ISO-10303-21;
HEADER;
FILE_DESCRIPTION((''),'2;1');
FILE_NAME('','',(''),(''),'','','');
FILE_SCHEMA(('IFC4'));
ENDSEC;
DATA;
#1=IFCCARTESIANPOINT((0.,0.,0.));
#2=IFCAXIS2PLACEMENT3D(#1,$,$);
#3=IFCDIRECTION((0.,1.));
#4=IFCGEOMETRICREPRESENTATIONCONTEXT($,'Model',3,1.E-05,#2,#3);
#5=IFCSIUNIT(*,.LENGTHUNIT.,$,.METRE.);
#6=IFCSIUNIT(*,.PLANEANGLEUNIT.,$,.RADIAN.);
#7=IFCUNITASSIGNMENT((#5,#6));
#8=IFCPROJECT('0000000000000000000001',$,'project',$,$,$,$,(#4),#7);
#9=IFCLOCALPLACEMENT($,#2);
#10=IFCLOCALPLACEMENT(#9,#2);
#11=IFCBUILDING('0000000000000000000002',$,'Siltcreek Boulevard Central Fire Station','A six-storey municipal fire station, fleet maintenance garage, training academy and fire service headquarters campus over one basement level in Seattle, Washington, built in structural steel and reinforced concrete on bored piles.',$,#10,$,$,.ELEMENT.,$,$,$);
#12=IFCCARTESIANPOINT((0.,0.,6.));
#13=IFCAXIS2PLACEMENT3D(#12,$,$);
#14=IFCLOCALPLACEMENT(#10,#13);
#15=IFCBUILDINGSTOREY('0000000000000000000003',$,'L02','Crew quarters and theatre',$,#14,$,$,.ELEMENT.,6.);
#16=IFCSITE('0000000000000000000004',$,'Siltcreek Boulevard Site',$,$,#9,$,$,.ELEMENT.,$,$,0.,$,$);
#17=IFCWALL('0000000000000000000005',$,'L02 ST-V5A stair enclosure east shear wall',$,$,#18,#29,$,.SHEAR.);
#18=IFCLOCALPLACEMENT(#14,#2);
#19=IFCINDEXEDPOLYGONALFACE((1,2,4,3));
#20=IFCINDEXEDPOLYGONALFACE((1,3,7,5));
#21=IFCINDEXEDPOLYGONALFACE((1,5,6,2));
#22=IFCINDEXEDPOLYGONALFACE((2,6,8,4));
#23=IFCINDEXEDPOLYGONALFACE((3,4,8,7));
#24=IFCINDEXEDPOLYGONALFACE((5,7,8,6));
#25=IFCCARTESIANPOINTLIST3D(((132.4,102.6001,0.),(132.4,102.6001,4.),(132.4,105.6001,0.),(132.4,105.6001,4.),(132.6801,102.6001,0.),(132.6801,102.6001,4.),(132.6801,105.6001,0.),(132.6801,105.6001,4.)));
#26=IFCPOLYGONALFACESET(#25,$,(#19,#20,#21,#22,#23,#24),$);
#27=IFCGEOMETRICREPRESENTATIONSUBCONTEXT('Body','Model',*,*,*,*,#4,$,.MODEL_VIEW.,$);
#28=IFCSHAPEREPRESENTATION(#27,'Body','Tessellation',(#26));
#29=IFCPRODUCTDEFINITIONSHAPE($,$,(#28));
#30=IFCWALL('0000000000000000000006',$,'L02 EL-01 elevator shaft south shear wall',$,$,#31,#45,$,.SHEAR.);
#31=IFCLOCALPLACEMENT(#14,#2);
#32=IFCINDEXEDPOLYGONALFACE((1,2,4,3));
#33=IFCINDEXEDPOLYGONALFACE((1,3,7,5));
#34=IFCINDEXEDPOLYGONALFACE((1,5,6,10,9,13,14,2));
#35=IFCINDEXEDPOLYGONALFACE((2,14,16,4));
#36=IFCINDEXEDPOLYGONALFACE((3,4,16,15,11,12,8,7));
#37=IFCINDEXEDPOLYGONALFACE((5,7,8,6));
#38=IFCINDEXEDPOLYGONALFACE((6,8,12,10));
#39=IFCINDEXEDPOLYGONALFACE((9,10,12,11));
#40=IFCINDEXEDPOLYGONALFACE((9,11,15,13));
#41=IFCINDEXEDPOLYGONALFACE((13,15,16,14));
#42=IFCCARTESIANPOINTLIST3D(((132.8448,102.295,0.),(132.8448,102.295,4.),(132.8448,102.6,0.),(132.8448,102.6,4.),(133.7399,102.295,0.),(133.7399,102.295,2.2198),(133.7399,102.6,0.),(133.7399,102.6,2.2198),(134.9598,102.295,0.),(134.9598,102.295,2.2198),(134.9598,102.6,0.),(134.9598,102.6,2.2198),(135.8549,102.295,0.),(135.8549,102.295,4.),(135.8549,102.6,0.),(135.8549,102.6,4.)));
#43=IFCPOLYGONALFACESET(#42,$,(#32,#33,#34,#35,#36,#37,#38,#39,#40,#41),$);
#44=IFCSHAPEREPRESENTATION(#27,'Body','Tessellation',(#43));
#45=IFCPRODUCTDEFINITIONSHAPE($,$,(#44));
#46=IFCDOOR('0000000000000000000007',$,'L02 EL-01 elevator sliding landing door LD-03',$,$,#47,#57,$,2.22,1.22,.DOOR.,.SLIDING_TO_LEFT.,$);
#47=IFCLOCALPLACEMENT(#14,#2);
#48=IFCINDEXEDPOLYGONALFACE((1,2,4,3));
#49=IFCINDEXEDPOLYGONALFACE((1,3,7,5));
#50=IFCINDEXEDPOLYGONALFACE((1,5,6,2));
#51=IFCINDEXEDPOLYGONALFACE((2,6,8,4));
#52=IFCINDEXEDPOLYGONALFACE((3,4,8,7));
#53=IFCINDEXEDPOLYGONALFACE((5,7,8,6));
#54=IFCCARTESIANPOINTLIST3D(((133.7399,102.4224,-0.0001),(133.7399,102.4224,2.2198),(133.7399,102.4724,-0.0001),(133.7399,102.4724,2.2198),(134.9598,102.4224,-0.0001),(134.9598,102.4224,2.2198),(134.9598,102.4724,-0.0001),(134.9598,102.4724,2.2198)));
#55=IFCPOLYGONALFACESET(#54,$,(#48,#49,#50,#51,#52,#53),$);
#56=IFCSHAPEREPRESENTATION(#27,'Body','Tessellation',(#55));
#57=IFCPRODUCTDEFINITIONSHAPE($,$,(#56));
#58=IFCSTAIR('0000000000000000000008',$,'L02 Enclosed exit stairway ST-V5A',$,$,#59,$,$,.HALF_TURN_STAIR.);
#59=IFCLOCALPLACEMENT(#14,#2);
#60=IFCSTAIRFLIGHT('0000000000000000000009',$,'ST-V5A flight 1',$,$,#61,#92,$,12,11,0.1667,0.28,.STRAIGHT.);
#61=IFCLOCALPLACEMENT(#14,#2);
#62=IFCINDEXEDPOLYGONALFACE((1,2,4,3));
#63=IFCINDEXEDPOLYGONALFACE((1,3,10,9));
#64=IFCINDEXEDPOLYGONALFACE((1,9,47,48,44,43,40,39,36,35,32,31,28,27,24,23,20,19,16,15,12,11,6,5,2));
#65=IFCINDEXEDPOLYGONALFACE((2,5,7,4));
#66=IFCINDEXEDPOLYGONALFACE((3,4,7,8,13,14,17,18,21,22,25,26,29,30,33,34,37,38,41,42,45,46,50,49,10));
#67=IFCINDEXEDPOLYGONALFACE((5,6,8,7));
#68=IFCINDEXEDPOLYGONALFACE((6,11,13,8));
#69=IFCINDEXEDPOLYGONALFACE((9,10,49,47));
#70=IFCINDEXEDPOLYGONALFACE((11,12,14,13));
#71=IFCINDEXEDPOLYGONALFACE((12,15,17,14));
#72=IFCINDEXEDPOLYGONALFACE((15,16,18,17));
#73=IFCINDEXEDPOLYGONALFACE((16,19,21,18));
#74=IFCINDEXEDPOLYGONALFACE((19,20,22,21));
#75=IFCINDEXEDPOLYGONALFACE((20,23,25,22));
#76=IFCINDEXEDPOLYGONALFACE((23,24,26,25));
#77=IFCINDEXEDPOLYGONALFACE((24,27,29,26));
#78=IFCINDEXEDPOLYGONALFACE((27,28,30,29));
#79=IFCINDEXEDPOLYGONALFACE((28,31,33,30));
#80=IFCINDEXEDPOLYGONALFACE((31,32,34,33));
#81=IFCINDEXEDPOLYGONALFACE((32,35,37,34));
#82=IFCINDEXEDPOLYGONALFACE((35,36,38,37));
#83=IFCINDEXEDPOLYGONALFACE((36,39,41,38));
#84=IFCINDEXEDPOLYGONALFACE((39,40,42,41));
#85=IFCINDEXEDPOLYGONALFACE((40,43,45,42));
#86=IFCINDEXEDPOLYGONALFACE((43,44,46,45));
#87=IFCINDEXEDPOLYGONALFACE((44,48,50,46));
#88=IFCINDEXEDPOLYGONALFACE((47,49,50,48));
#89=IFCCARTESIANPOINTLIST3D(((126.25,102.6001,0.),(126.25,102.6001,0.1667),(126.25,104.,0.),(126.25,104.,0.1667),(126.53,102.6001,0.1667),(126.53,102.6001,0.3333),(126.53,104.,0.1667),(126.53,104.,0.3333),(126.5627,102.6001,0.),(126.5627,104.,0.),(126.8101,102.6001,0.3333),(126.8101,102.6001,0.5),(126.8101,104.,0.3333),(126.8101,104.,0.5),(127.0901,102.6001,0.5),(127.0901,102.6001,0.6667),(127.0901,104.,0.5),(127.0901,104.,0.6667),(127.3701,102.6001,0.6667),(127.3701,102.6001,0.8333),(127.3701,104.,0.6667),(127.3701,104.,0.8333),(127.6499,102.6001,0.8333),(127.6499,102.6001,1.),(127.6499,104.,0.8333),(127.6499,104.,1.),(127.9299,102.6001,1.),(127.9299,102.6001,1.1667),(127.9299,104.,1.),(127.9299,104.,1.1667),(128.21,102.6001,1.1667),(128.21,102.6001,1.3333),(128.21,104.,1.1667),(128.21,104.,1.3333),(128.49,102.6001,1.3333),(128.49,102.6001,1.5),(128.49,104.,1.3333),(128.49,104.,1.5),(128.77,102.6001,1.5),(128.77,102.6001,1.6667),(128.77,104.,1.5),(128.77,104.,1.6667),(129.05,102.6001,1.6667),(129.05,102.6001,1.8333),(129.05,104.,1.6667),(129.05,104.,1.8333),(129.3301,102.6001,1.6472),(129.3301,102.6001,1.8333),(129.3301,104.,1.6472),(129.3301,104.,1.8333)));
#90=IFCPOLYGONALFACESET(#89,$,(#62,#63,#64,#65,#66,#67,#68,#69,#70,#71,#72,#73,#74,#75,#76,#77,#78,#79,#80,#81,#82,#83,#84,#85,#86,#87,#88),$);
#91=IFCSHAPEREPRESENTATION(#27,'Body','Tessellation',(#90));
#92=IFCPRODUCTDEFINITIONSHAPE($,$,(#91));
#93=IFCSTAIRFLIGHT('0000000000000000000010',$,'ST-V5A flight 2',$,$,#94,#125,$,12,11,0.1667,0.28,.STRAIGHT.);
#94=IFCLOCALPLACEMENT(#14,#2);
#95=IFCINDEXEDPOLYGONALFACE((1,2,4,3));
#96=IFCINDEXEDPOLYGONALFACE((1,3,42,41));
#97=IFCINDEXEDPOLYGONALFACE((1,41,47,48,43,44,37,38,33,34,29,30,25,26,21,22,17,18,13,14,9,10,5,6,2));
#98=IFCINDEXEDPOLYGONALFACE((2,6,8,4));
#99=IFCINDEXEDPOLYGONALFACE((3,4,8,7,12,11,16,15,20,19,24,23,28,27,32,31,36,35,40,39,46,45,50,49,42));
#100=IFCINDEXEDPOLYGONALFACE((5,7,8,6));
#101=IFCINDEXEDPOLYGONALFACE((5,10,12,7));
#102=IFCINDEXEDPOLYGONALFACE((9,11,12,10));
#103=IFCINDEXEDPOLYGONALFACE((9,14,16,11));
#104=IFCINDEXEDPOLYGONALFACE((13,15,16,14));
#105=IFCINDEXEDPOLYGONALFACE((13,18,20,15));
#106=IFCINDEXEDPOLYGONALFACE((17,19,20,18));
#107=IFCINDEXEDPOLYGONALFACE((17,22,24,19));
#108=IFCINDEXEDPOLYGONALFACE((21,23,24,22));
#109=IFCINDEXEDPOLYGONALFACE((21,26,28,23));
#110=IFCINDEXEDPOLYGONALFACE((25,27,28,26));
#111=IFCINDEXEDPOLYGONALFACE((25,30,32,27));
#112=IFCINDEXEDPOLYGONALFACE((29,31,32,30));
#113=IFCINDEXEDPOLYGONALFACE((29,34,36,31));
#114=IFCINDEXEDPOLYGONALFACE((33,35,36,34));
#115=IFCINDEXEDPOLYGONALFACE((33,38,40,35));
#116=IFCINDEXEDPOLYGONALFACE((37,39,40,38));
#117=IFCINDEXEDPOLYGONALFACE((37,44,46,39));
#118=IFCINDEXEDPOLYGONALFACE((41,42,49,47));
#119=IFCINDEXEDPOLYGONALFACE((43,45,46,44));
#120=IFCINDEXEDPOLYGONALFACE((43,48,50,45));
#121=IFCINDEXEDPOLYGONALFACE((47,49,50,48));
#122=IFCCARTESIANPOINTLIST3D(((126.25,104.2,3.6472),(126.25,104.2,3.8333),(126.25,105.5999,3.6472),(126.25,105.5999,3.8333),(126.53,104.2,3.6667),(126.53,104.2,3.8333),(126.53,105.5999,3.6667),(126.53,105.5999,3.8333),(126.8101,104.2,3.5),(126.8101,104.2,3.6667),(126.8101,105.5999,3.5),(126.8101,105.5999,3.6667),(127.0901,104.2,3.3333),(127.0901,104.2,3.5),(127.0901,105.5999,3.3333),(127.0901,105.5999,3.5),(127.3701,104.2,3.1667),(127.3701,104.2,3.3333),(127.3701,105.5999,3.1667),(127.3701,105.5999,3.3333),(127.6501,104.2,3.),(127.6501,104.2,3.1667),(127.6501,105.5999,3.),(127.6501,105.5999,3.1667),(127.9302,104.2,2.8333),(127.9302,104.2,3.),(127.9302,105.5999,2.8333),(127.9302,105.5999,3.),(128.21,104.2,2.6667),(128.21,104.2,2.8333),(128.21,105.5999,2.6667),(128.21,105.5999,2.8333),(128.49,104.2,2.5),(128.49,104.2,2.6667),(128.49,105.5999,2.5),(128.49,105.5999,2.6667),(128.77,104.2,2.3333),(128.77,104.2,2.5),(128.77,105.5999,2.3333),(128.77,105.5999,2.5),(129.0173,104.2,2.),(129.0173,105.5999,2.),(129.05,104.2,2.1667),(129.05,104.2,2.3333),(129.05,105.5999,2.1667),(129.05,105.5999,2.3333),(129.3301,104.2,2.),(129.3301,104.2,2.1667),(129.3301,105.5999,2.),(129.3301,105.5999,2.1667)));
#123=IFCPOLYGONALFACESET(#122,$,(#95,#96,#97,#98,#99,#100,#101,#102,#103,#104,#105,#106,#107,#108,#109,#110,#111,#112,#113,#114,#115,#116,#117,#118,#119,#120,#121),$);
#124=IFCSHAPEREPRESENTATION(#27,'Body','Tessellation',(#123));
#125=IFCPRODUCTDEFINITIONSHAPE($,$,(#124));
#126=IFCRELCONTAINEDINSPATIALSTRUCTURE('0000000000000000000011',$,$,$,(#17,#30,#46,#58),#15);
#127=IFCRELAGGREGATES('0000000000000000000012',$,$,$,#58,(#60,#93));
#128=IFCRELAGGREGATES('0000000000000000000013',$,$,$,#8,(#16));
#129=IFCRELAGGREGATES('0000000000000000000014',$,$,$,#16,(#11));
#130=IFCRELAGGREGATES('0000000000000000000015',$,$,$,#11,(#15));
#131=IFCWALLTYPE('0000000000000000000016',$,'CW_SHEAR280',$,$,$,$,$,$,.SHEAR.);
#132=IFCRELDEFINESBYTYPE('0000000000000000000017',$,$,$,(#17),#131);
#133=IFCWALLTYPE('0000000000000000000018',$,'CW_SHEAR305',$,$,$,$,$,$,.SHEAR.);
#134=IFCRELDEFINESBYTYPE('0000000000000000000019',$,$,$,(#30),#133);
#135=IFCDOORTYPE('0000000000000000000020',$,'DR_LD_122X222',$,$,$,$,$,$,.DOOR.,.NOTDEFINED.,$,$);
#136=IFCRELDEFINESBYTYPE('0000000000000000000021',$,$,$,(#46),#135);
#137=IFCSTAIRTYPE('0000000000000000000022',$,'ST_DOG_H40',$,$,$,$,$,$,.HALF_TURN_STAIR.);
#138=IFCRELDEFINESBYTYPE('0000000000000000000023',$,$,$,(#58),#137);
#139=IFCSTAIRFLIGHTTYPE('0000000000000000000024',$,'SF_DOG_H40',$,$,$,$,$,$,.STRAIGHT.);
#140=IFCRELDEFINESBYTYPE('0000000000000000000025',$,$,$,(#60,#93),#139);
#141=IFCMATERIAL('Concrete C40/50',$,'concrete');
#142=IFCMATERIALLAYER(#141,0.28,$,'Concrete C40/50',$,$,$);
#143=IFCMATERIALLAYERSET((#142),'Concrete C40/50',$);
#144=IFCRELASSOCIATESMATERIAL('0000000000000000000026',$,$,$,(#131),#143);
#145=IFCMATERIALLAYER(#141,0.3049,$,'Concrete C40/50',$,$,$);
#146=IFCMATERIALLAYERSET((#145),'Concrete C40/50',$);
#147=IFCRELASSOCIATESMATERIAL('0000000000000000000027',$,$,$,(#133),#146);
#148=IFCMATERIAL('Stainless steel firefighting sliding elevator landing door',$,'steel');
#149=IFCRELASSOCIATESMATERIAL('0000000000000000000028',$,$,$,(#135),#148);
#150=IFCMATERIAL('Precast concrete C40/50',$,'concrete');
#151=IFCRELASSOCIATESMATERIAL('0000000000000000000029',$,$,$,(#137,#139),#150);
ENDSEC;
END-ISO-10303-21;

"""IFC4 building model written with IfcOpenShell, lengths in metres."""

from ifc_helpers import new_model, si_unit, direction, frame, frame_2d, origin, place, context, subcontext, project, spatial, polyline, rectangle, outline, extrude, material, layer, layer_set, type_object, element, fill, aggregate, save


model = new_model("IFC4")

# Units and contexts
model_context = context("Model", 3, precision=1e-05, world=origin(), true_north=direction((0.0, 1.0)))
body_context = subcontext(model_context, "Body", "Model", "MODEL_VIEW")
ifc_project = project(units=[si_unit("LENGTHUNIT", "METRE"), si_unit("PLANEANGLEUNIT", "RADIAN")], contexts=[model_context])

# Site, building, storey
site_placement = place(None, origin())
site = spatial("IfcSite", under=ifc_project, at=site_placement, Name="Siltcreek Boulevard Site", CompositionType="ELEMENT", RefElevation=0.0)
building_placement = place(site_placement, origin())
building = spatial("IfcBuilding", under=site, at=building_placement, Name="Siltcreek Boulevard Central Fire Station", Description="A six-storey municipal fire station, fleet maintenance garage, training academy and fire service headquarters campus over one basement level in Seattle, Washington, built in structural steel and reinforced concrete on bored piles.", CompositionType="ELEMENT")
storey_placement = place(building_placement, frame((0.0, 0.0, 6.0)))
storey = spatial("IfcBuildingStorey", under=building, at=storey_placement, Name="L02", Description="Crew quarters and theatre", CompositionType="ELEMENT", Elevation=6.0)

# Wall
ifc_material_1 = material(Name="Concrete C40/50", Category="concrete")
ifc_layer_1 = layer(ifc_material_1, 0.28, Name="Concrete C40/50")
ifc_layer_set_1 = layer_set([ifc_layer_1], Name="Concrete C40/50")
wall_type_1 = type_object("IfcWallType", Name="CW_SHEAR280", PredefinedType="SHEAR", material=ifc_layer_set_1)
for number, where, z_axis, x_axis, name in (
    (1, (132.54, 102.6001, 0.0), (0.0, 0.0, 1.0), (0.0, 1.0, 0.0), "L02 ST-V5A stair enclosure east shear wall"),
):
    element("IfcWall", number, at=place(storey_placement, frame(where, z_axis=z_axis, x_axis=x_axis)), inside=storey, type_object=wall_type_1, Name=name, PredefinedType="SHEAR", context=body_context, shape_type="SweptSolid", body=[
        extrude(rectangle(XDim=3.0, YDim=0.28, at=frame_2d((1.5, 0.0))), origin(), (0.0, 0.0, 1.0), 4.0),
    ])

# Wall, opening, door
ifc_layer_2 = layer(ifc_material_1, 0.3049, Name="Concrete C40/50")
ifc_layer_set_2 = layer_set([ifc_layer_2], Name="Concrete C40/50")
wall_type_2 = type_object("IfcWallType", Name="CW_SHEAR305", PredefinedType="SHEAR", material=ifc_layer_set_2)
wall_placement = place(storey_placement, frame((132.845, 102.4475, 0.0), z_axis=(0.0, 0.0, 1.0), x_axis=(1.0, 0.0, 0.0)))
wall = element("IfcWall", 2, at=wall_placement, inside=storey, type_object=wall_type_2, Name="L02 EL-01 elevator shaft south shear wall", PredefinedType="SHEAR", context=body_context, shape_type="SweptSolid", body=[
    extrude(rectangle(XDim=3.01, YDim=0.3049, at=frame_2d((1.5049, 0.0))), origin(), (0.0, 0.0, 1.0), 4.0),
])
opening_placement = place(wall_placement, frame((0.895, 0.0, 0.0)))
opening = element("IfcOpeningElement", 3, at=opening_placement, cuts=wall, PredefinedType="OPENING", context=body_context, shape_type="SweptSolid", body=[
    extrude(rectangle(XDim=1.22, YDim=2.22, at=frame_2d((0.6099, 1.1099))), frame((0.0, 0.1624, 0.0), z_axis=(0.0, -1.0, 0.0), x_axis=(1.0, 0.0, 0.0)), (0.0, 0.0, 1.0), 0.325),
])
ifc_material_2 = material(Name="Stainless steel firefighting sliding elevator landing door", Category="steel")
door_type = type_object("IfcDoorType", Name="DR_LD_122X222", OperationType="NOTDEFINED", PredefinedType="DOOR", material=ifc_material_2)
door_placement = place(opening_placement, origin())
door = element("IfcDoor", 4, at=door_placement, inside=storey, type_object=door_type, Name="L02 EL-01 elevator sliding landing door LD-03", OperationType="SLIDING_TO_LEFT", OverallHeight=2.22, OverallWidth=1.22, PredefinedType="DOOR", context=body_context, shape_type="SweptSolid", body=[
    extrude(rectangle(XDim=1.22, YDim=2.22, at=frame_2d((0.6099, 1.1099))), frame((0.0, 0.0249, 0.0), z_axis=(0.0, -1.0, 0.0), x_axis=(1.0, 0.0, 0.0)), (0.0, 0.0, 1.0), 0.05),
])
fill(opening, door)

# Stair, stair flights
ifc_material_3 = material(Name="Precast concrete C40/50", Category="concrete")
stair_type = type_object("IfcStairType", Name="ST_DOG_H40", PredefinedType="HALF_TURN_STAIR", material=ifc_material_3)
stair_placement = place(storey_placement, origin())
stair = element("IfcStair", 5, at=stair_placement, inside=storey, type_object=stair_type, Name="L02 Enclosed exit stairway ST-V5A", PredefinedType="HALF_TURN_STAIR")
stair_flight_type = type_object("IfcStairFlightType", Name="SF_DOG_H40", PredefinedType="STRAIGHT", material=ifc_material_3)
stair_flight_1_placement = place(storey_placement, frame((126.25, 103.3, 0.0), z_axis=(0.0, 0.0, 1.0), x_axis=(1.0, 0.0, 0.0)))
stair_flight_1 = element("IfcStairFlight", 6, at=stair_flight_1_placement, type_object=stair_flight_type, Name="ST-V5A flight 1", NumberOfRisers=12, NumberOfTreads=11, PredefinedType="STRAIGHT", RiserHeight=0.1667, TreadLength=0.28, context=body_context, shape_type="SweptSolid", body=[
    extrude(outline(polyline([(0.0, 0.0), (0.0, 0.1667), (0.28, 0.1667), (0.28, 0.3333), (0.5601, 0.3333), (0.5601, 0.5), (0.8401, 0.5), (0.8401, 0.6667), (1.1201, 0.6667), (1.1201, 0.8333), (1.3999, 0.8333), (1.3999, 1.0), (1.6799, 1.0), (1.6799, 1.1667), (1.96, 1.1667), (1.96, 1.3333), (2.24, 1.3333), (2.24, 1.5), (2.52, 1.5), (2.52, 1.6667), (2.8, 1.6667), (2.8, 1.8333), (3.0801, 1.8333), (3.0801, 2.0), (3.0801, 1.6472), (0.3127, 0.0), (0.0, 0.0)])), frame((0.0, 0.7, 0.0), z_axis=(0.0, -1.0, 0.0), x_axis=(1.0, 0.0, 0.0)), (0.0, 0.0, 1.0), 1.3999),
])
stair_flight_2_placement = place(storey_placement, frame((129.3301, 104.8999, 2.0), z_axis=(0.0, 0.0, 1.0), x_axis=(-1.0, 0.0, 0.0)))
stair_flight_2 = element("IfcStairFlight", 7, at=stair_flight_2_placement, type_object=stair_flight_type, Name="ST-V5A flight 2", NumberOfRisers=12, NumberOfTreads=11, PredefinedType="STRAIGHT", RiserHeight=0.1667, TreadLength=0.28, context=body_context, shape_type="SweptSolid", body=[
    extrude(outline(polyline([(0.0, 0.0), (0.0, 0.1667), (0.28, 0.1667), (0.28, 0.3333), (0.5601, 0.3333), (0.5601, 0.5), (0.8401, 0.5), (0.8401, 0.6667), (1.1201, 0.6667), (1.1201, 0.8333), (1.3999, 0.8333), (1.3999, 1.0), (1.6799, 1.0), (1.6799, 1.1667), (1.96, 1.1667), (1.96, 1.3333), (2.24, 1.3333), (2.24, 1.5), (2.52, 1.5), (2.52, 1.6667), (2.8, 1.6667), (2.8, 1.8333), (3.0801, 1.8333), (3.0801, 2.0), (3.0801, 1.6472), (0.3127, 0.0), (0.0, 0.0)])), frame((0.0, 0.7, 0.0), z_axis=(0.0, -1.0, 0.0), x_axis=(1.0, 0.0, 0.0)), (0.0, 0.0, 1.0), 1.3999),
])
aggregate(stair, [stair_flight_1, stair_flight_2])

save(model, "model.ifc")
